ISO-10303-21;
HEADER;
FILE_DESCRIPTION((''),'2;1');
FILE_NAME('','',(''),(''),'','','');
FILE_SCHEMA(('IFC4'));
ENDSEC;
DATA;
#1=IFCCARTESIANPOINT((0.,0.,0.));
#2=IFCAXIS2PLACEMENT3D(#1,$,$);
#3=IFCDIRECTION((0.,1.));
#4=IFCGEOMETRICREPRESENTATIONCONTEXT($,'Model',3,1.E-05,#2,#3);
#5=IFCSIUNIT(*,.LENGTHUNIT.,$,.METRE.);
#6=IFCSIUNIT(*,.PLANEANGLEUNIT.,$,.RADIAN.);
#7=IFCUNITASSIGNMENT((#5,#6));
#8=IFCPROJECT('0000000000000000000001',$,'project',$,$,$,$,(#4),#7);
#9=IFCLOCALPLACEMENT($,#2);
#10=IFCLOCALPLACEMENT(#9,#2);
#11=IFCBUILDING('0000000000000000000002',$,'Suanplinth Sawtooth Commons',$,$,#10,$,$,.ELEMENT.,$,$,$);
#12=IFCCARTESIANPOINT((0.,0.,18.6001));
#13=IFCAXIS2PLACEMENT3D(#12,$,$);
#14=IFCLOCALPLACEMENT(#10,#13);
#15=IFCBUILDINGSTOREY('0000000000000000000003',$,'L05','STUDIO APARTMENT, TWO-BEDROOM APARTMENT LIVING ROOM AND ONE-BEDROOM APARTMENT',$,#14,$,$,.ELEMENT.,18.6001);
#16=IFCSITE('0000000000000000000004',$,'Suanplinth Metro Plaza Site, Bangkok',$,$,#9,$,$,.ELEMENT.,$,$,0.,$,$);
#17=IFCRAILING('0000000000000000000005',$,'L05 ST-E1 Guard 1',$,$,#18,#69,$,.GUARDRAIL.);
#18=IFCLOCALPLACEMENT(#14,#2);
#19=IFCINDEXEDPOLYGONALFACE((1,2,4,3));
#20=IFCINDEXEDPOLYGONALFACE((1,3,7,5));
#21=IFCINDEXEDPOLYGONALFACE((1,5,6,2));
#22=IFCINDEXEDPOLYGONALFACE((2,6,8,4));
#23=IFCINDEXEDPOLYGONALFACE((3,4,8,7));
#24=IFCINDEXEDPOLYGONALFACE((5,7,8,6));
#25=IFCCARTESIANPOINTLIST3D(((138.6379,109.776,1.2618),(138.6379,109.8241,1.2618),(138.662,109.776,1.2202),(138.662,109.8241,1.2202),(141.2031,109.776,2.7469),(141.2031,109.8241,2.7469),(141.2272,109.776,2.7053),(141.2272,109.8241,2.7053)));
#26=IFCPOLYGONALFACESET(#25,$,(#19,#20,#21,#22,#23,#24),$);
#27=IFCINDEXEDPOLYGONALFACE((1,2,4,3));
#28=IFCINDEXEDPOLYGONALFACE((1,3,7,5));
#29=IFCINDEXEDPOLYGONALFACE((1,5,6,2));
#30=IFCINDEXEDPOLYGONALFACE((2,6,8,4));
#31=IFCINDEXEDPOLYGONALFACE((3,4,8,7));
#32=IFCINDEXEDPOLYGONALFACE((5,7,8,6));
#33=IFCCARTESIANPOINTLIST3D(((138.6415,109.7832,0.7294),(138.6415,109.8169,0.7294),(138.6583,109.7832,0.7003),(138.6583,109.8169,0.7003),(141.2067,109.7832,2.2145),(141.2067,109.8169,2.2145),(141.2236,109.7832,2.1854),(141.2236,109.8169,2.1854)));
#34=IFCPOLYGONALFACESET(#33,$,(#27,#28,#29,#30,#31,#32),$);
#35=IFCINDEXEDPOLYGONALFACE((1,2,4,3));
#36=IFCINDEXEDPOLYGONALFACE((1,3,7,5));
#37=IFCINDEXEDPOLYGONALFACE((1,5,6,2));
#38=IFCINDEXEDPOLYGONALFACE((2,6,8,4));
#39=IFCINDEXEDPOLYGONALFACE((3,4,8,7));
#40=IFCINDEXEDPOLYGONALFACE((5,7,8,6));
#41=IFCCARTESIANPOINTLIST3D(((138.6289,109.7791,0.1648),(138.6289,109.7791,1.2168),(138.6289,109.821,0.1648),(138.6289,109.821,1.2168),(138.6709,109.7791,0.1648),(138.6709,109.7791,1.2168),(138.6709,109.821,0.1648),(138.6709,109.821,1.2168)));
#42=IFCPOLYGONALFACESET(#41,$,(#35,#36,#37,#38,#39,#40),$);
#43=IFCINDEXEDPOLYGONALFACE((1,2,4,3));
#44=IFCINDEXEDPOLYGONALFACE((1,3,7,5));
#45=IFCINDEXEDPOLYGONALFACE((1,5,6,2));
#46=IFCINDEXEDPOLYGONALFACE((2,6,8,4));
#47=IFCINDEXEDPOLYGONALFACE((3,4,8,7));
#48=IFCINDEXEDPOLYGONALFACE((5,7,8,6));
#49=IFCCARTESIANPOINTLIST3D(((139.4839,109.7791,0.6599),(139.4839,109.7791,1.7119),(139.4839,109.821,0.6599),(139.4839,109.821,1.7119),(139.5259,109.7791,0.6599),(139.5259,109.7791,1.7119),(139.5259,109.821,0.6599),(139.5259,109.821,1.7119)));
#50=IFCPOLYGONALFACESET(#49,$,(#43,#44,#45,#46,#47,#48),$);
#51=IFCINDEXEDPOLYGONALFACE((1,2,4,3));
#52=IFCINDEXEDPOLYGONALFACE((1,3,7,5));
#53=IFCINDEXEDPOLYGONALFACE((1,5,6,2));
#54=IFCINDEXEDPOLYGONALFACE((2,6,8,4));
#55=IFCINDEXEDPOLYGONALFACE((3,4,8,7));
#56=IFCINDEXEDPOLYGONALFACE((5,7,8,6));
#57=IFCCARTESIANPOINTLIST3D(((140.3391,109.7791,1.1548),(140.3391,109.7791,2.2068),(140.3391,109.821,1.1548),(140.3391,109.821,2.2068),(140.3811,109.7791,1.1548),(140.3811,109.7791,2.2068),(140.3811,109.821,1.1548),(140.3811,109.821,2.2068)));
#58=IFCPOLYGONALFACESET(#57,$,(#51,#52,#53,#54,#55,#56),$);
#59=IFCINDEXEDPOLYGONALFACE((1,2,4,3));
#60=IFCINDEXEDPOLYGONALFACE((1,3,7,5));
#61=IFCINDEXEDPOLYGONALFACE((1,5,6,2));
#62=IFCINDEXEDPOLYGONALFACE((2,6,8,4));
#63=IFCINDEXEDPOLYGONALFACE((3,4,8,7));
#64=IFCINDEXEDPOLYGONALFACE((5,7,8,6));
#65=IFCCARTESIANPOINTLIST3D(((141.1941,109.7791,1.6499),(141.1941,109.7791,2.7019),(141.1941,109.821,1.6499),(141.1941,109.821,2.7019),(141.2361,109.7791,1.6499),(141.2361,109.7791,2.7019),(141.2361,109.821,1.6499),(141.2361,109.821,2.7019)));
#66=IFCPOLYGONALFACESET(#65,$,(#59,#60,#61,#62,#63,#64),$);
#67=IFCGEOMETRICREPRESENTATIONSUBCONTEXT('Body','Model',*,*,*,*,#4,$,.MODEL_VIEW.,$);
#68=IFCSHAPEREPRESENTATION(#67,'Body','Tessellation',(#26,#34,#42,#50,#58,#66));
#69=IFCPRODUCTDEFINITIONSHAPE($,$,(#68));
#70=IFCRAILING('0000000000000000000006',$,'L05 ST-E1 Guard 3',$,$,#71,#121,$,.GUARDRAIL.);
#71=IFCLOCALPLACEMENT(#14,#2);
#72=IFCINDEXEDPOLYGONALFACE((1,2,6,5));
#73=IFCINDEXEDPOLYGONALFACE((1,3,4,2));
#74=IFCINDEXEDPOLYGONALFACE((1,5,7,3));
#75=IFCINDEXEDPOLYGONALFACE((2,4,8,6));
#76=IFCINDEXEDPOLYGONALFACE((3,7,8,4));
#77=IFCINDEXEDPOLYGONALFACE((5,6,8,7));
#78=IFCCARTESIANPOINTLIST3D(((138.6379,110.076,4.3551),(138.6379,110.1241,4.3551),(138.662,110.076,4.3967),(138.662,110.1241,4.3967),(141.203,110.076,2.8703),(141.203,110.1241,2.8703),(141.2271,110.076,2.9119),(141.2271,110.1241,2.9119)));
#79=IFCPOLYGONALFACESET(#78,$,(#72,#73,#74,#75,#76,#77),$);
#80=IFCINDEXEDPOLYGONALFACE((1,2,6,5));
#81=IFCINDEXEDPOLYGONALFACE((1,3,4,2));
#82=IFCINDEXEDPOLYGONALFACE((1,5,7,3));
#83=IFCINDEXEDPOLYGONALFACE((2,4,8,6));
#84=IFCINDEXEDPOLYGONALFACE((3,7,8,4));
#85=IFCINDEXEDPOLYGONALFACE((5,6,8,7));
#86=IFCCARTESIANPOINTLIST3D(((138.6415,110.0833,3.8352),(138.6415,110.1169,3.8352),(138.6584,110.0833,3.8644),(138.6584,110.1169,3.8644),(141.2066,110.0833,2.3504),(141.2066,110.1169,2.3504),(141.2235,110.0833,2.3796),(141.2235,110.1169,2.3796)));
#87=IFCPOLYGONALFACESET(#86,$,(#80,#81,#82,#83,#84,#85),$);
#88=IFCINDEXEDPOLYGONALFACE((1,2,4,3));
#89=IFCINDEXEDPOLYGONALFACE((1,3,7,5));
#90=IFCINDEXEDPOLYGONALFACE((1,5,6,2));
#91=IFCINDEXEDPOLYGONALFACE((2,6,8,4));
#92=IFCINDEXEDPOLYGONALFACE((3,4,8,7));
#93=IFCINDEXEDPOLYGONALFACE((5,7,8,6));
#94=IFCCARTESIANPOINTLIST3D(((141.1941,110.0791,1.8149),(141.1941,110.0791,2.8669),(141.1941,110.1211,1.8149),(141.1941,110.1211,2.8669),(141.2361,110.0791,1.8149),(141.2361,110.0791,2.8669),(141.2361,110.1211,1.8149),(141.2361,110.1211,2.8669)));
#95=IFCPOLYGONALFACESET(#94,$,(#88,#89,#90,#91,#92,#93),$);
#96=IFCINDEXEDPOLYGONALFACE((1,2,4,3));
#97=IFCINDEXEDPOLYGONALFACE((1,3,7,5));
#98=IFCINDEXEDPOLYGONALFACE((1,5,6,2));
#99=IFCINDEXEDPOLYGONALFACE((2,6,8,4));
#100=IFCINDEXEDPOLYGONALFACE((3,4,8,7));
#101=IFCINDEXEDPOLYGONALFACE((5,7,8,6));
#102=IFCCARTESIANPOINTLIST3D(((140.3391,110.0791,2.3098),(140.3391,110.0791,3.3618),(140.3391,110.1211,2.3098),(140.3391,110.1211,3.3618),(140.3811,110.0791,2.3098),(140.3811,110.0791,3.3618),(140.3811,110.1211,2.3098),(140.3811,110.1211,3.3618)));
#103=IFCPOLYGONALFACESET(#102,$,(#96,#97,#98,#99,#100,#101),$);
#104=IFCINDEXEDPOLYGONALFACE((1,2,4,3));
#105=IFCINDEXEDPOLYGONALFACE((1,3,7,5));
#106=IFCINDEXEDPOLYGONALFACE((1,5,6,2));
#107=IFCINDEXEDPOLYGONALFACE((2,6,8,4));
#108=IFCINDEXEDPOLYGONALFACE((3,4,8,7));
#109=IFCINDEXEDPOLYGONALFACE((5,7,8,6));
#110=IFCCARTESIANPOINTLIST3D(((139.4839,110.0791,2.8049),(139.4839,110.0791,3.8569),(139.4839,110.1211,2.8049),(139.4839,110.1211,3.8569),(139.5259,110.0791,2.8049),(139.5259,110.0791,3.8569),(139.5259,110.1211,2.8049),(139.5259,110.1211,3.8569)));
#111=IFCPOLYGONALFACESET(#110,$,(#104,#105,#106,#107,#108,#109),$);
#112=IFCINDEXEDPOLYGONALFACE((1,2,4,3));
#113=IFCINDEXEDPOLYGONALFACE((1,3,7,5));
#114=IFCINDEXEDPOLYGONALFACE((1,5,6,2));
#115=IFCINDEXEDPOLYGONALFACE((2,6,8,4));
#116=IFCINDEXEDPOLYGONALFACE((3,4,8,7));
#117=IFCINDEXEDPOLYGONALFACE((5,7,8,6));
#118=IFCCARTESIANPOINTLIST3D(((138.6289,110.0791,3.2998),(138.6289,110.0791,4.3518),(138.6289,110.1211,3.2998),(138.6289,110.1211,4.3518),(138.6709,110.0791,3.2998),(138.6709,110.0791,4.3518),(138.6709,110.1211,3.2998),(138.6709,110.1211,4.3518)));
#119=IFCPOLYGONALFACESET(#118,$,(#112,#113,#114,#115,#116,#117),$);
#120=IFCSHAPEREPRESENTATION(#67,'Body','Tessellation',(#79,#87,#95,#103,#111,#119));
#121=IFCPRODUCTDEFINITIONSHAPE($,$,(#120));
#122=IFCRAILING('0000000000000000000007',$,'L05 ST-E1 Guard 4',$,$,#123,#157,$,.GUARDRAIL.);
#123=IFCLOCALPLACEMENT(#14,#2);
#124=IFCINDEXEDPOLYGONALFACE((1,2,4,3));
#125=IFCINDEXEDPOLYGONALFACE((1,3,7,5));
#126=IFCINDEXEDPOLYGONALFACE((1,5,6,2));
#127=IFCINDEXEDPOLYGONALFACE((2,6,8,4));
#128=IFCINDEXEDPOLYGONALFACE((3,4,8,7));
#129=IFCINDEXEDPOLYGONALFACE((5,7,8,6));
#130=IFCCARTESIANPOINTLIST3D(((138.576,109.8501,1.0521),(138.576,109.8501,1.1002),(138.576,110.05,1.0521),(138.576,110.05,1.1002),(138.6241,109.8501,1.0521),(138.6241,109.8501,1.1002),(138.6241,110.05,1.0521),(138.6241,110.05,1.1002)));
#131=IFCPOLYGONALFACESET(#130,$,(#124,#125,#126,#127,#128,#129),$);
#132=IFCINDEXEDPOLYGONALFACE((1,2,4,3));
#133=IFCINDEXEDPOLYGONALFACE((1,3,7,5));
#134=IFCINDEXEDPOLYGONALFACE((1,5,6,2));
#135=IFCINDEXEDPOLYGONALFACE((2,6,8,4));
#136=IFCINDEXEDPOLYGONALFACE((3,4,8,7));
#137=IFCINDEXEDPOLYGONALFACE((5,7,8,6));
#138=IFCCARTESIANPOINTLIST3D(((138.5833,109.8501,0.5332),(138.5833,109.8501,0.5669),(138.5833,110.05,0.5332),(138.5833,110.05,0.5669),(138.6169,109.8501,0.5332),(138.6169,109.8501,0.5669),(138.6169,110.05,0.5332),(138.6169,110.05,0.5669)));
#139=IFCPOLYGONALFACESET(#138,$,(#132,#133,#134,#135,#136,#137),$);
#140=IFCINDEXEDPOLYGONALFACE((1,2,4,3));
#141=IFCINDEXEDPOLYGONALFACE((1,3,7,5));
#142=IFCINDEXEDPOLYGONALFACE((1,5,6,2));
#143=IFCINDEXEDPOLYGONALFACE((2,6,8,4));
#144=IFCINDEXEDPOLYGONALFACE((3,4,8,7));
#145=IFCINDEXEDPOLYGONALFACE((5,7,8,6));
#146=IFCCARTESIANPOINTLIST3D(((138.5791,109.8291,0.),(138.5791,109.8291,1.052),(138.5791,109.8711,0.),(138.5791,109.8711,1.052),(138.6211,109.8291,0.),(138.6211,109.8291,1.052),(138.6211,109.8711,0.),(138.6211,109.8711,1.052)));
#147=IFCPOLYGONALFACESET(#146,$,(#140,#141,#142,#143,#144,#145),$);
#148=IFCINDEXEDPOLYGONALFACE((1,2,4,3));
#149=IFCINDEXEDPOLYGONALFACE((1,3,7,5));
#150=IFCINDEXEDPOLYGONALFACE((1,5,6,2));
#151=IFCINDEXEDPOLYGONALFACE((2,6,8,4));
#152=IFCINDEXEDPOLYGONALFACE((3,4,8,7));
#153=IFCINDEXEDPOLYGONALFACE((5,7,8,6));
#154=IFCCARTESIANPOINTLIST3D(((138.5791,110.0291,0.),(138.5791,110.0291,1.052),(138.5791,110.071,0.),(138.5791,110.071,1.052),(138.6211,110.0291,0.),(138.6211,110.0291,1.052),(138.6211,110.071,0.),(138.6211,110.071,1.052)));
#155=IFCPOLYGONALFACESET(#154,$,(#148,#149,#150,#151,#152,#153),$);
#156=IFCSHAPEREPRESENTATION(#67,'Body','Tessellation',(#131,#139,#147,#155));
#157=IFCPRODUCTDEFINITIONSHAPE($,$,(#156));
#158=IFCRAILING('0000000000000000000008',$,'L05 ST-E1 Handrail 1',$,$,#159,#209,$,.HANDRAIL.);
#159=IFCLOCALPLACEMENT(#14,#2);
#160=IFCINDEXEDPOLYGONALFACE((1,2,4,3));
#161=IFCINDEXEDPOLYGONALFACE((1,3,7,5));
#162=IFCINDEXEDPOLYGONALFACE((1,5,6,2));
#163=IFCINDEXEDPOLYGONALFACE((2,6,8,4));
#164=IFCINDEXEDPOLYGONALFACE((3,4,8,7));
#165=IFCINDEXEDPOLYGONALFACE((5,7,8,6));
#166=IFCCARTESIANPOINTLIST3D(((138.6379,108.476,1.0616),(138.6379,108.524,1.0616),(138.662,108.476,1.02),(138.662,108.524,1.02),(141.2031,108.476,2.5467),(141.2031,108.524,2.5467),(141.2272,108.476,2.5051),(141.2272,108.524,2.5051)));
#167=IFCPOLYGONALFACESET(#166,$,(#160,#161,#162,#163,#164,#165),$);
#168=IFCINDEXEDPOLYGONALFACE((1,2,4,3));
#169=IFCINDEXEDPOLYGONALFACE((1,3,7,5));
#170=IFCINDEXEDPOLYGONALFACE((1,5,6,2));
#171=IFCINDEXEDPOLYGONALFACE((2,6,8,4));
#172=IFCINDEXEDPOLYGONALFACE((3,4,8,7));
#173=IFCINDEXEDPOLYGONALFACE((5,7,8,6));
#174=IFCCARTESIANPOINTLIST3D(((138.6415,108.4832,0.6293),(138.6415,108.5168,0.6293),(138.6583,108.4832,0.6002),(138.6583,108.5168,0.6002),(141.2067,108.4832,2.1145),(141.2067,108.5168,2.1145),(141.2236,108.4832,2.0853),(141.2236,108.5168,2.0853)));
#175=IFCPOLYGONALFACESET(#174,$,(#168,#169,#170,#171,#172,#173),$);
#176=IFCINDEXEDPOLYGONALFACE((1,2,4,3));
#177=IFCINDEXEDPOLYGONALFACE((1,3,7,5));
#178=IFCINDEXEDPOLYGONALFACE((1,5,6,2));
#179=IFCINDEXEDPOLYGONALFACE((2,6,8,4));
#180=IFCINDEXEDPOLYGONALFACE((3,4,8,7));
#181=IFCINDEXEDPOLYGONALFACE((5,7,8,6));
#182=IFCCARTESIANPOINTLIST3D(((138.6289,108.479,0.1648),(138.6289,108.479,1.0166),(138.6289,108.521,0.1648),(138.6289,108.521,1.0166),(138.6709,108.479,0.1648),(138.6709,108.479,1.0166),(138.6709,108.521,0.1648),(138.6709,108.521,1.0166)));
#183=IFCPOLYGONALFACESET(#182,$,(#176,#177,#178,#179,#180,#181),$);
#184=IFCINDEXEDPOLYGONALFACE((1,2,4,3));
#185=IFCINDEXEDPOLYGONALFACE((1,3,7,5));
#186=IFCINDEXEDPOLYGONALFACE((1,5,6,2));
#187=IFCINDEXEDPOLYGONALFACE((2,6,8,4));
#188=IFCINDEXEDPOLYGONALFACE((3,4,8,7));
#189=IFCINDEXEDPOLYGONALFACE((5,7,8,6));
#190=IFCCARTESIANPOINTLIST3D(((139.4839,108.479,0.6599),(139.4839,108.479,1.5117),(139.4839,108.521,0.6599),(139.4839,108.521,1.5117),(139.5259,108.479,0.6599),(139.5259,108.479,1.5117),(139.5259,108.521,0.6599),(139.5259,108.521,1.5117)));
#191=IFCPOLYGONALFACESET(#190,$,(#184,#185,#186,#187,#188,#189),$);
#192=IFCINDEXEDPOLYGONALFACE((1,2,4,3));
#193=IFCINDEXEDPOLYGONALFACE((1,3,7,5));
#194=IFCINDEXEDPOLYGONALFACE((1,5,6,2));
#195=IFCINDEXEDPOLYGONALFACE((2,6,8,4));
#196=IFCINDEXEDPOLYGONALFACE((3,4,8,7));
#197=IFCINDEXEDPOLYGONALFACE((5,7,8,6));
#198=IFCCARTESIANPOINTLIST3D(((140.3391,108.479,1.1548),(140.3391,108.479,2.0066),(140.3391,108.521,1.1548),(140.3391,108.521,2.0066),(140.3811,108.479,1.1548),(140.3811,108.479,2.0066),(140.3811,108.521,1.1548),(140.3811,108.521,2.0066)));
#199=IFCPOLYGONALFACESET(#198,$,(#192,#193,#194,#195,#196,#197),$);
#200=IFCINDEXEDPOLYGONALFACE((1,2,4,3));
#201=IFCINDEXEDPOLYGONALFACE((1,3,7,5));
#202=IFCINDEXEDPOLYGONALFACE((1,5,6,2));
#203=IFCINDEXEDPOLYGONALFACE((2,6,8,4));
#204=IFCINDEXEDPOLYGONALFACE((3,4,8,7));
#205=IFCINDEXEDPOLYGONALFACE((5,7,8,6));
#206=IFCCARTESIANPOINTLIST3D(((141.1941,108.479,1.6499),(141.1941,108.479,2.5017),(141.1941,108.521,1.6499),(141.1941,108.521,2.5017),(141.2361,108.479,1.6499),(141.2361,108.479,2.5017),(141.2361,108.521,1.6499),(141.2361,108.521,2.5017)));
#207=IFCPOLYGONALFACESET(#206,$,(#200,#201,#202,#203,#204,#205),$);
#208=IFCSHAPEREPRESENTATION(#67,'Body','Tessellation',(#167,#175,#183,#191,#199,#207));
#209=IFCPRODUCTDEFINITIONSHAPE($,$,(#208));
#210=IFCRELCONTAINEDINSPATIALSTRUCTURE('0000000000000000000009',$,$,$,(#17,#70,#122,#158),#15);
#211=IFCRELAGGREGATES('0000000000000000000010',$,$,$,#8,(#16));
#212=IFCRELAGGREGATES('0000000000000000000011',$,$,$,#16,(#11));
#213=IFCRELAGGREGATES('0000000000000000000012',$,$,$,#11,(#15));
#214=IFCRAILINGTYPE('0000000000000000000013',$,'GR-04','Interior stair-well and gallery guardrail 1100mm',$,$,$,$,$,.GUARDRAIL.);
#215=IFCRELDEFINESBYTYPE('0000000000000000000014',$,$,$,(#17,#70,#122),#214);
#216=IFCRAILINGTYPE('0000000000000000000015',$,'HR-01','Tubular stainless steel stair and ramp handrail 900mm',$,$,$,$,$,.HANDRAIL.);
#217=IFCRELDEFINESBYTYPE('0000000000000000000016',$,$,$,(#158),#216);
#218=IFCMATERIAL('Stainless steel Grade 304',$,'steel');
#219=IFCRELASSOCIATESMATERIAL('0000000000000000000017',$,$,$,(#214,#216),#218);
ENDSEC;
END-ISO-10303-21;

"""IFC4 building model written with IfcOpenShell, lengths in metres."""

from ifc_helpers import new_model, si_unit, direction, frame, origin, origin_2d, place, context, subcontext, project, spatial, rectangle, extrude, material, type_object, element, save


model = new_model("IFC4")

# Units and contexts
model_context = context("Model", 3, precision=1e-05, world=origin(), true_north=direction((0.0, 1.0)))
body_context = subcontext(model_context, "Body", "Model", "MODEL_VIEW")
ifc_project = project(units=[si_unit("LENGTHUNIT", "METRE"), si_unit("PLANEANGLEUNIT", "RADIAN")], contexts=[model_context])

# Site, building, storey
site_placement = place(None, origin())
site = spatial("IfcSite", under=ifc_project, at=site_placement, Name="Suanplinth Metro Plaza Site, Bangkok", CompositionType="ELEMENT", RefElevation=0.0)
building_placement = place(site_placement, origin())
building = spatial("IfcBuilding", under=site, at=building_placement, Name="Suanplinth Sawtooth Commons", CompositionType="ELEMENT")
storey_placement = place(building_placement, frame((0.0, 0.0, 18.6001)))
storey = spatial("IfcBuildingStorey", under=building, at=storey_placement, Name="L05", Description="STUDIO APARTMENT, TWO-BEDROOM APARTMENT LIVING ROOM AND ONE-BEDROOM APARTMENT", CompositionType="ELEMENT", Elevation=18.6001)

# Railings
ifc_material_1 = material(Name="Stainless steel Grade 304", Category="steel")
railing_type_1 = type_object("IfcRailingType", Name="GR-04", Description="Interior stair-well and gallery guardrail 1100mm", PredefinedType="GUARDRAIL", material=ifc_material_1)
railing_1_placement = place(storey_placement, frame((138.6499, 109.8, 0.1648)))
element("IfcRailing", 1, at=railing_1_placement, inside=storey, type_object=railing_type_1, Name="L05 ST-E1 Guard 1", PredefinedType="GUARDRAIL", context=body_context, shape_type="SweptSolid", body=[
    extrude(rectangle(XDim=0.0481, YDim=0.0481, at=origin_2d()), frame((0.0, 0.0, 1.0762), z_axis=(0.865426, 0.0, 0.501036), x_axis=(0.0, 1.0, 0.0)), (0.0, 0.0, 1.0), 2.9641),
    extrude(rectangle(XDim=0.0337, YDim=0.0337, at=origin_2d()), frame((0.0, 0.0, 0.55), z_axis=(0.865426, 0.0, 0.501036), x_axis=(0.0, 1.0, 0.0)), (0.0, 0.0, 1.0), 2.9641),
    extrude(rectangle(XDim=0.042, YDim=0.042, at=origin_2d()), origin(), (0.0, 0.0, 1.0), 1.052),
    extrude(rectangle(XDim=0.042, YDim=0.042, at=origin_2d()), frame((0.855, 0.0, 0.4951)), (0.0, 0.0, 1.0), 1.052),
    extrude(rectangle(XDim=0.042, YDim=0.042, at=origin_2d()), frame((1.7102, 0.0, 0.99)), (0.0, 0.0, 1.0), 1.052),
    extrude(rectangle(XDim=0.042, YDim=0.042, at=origin_2d()), frame((2.5652, 0.0, 1.4851)), (0.0, 0.0, 1.0), 1.052),
])
railing_2_placement = place(storey_placement, frame((141.2151, 110.1001, 1.8149)))
element("IfcRailing", 2, at=railing_2_placement, inside=storey, type_object=railing_type_1, Name="L05 ST-E1 Guard 3", PredefinedType="GUARDRAIL", context=body_context, shape_type="SweptSolid", body=[
    extrude(rectangle(XDim=0.0481, YDim=0.0481, at=origin_2d()), frame((0.0, 0.0, 1.0762), z_axis=(-0.865462, 0.0, 0.500975), x_axis=(0.0, -1.0, 0.0)), (0.0, 0.0, 1.0), 2.9639),
    extrude(rectangle(XDim=0.0337, YDim=0.0337, at=origin_2d()), frame((0.0, 0.0, 0.55), z_axis=(-0.865462, 0.0, 0.500975), x_axis=(0.0, -1.0, 0.0)), (0.0, 0.0, 1.0), 2.9639),
    extrude(rectangle(XDim=0.042, YDim=0.042, at=origin_2d()), origin(), (0.0, 0.0, 1.0), 1.052),
    extrude(rectangle(XDim=0.042, YDim=0.042, at=origin_2d()), frame((-0.855, 0.0, 0.4949)), (0.0, 0.0, 1.0), 1.052),
    extrude(rectangle(XDim=0.042, YDim=0.042, at=origin_2d()), frame((-1.7102, 0.0, 0.99)), (0.0, 0.0, 1.0), 1.052),
    extrude(rectangle(XDim=0.042, YDim=0.042, at=origin_2d()), frame((-2.5652, 0.0, 1.4849)), (0.0, 0.0, 1.0), 1.052),
])
railing_3_placement = place(storey_placement, frame((138.6001, 109.8501, 0.0)))
element("IfcRailing", 3, at=railing_3_placement, inside=storey, type_object=railing_type_1, Name="L05 ST-E1 Guard 4", PredefinedType="GUARDRAIL", context=body_context, shape_type="SweptSolid", body=[
    extrude(rectangle(XDim=0.0481, YDim=0.0481, at=origin_2d()), frame((0.0, 0.0, 1.0762), z_axis=(0.0, 1.0, 0.0), x_axis=(-1.0, 0.0, 0.0)), (0.0, 0.0, 1.0), 0.2),
    extrude(rectangle(XDim=0.0337, YDim=0.0337, at=origin_2d()), frame((0.0, 0.0, 0.55), z_axis=(0.0, 1.0, 0.0), x_axis=(-1.0, 0.0, 0.0)), (0.0, 0.0, 1.0), 0.2),
    extrude(rectangle(XDim=0.042, YDim=0.042, at=origin_2d()), origin(), (0.0, 0.0, 1.0), 1.052),
    extrude(rectangle(XDim=0.042, YDim=0.042, at=origin_2d()), frame((0.0, 0.2, 0.0)), (0.0, 0.0, 1.0), 1.052),
])
railing_type_2 = type_object("IfcRailingType", Name="HR-01", Description="Tubular stainless steel stair and ramp handrail 900mm", PredefinedType="HANDRAIL", material=ifc_material_1)
railing_4_placement = place(storey_placement, frame((138.6499, 108.5, 0.1648)))
element("IfcRailing", 4, at=railing_4_placement, inside=storey, type_object=railing_type_2, Name="L05 ST-E1 Handrail 1", PredefinedType="HANDRAIL", context=body_context, shape_type="SweptSolid", body=[
    extrude(rectangle(XDim=0.0481, YDim=0.0481, at=origin_2d()), frame((0.0, 0.0, 0.876), z_axis=(0.865426, 0.0, 0.501036), x_axis=(0.0, 1.0, 0.0)), (0.0, 0.0, 1.0), 2.9641),
    extrude(rectangle(XDim=0.0337, YDim=0.0337, at=origin_2d()), frame((0.0, 0.0, 0.45), z_axis=(0.865426, 0.0, 0.501036), x_axis=(0.0, 1.0, 0.0)), (0.0, 0.0, 1.0), 2.9641),
    extrude(rectangle(XDim=0.042, YDim=0.042, at=origin_2d()), origin(), (0.0, 0.0, 1.0), 0.8518),
    extrude(rectangle(XDim=0.042, YDim=0.042, at=origin_2d()), frame((0.855, 0.0, 0.4951)), (0.0, 0.0, 1.0), 0.8518),
    extrude(rectangle(XDim=0.042, YDim=0.042, at=origin_2d()), frame((1.7102, 0.0, 0.99)), (0.0, 0.0, 1.0), 0.8518),
    extrude(rectangle(XDim=0.042, YDim=0.042, at=origin_2d()), frame((2.5652, 0.0, 1.4851)), (0.0, 0.0, 1.0), 0.8518),
])

save(model, "model.ifc")
